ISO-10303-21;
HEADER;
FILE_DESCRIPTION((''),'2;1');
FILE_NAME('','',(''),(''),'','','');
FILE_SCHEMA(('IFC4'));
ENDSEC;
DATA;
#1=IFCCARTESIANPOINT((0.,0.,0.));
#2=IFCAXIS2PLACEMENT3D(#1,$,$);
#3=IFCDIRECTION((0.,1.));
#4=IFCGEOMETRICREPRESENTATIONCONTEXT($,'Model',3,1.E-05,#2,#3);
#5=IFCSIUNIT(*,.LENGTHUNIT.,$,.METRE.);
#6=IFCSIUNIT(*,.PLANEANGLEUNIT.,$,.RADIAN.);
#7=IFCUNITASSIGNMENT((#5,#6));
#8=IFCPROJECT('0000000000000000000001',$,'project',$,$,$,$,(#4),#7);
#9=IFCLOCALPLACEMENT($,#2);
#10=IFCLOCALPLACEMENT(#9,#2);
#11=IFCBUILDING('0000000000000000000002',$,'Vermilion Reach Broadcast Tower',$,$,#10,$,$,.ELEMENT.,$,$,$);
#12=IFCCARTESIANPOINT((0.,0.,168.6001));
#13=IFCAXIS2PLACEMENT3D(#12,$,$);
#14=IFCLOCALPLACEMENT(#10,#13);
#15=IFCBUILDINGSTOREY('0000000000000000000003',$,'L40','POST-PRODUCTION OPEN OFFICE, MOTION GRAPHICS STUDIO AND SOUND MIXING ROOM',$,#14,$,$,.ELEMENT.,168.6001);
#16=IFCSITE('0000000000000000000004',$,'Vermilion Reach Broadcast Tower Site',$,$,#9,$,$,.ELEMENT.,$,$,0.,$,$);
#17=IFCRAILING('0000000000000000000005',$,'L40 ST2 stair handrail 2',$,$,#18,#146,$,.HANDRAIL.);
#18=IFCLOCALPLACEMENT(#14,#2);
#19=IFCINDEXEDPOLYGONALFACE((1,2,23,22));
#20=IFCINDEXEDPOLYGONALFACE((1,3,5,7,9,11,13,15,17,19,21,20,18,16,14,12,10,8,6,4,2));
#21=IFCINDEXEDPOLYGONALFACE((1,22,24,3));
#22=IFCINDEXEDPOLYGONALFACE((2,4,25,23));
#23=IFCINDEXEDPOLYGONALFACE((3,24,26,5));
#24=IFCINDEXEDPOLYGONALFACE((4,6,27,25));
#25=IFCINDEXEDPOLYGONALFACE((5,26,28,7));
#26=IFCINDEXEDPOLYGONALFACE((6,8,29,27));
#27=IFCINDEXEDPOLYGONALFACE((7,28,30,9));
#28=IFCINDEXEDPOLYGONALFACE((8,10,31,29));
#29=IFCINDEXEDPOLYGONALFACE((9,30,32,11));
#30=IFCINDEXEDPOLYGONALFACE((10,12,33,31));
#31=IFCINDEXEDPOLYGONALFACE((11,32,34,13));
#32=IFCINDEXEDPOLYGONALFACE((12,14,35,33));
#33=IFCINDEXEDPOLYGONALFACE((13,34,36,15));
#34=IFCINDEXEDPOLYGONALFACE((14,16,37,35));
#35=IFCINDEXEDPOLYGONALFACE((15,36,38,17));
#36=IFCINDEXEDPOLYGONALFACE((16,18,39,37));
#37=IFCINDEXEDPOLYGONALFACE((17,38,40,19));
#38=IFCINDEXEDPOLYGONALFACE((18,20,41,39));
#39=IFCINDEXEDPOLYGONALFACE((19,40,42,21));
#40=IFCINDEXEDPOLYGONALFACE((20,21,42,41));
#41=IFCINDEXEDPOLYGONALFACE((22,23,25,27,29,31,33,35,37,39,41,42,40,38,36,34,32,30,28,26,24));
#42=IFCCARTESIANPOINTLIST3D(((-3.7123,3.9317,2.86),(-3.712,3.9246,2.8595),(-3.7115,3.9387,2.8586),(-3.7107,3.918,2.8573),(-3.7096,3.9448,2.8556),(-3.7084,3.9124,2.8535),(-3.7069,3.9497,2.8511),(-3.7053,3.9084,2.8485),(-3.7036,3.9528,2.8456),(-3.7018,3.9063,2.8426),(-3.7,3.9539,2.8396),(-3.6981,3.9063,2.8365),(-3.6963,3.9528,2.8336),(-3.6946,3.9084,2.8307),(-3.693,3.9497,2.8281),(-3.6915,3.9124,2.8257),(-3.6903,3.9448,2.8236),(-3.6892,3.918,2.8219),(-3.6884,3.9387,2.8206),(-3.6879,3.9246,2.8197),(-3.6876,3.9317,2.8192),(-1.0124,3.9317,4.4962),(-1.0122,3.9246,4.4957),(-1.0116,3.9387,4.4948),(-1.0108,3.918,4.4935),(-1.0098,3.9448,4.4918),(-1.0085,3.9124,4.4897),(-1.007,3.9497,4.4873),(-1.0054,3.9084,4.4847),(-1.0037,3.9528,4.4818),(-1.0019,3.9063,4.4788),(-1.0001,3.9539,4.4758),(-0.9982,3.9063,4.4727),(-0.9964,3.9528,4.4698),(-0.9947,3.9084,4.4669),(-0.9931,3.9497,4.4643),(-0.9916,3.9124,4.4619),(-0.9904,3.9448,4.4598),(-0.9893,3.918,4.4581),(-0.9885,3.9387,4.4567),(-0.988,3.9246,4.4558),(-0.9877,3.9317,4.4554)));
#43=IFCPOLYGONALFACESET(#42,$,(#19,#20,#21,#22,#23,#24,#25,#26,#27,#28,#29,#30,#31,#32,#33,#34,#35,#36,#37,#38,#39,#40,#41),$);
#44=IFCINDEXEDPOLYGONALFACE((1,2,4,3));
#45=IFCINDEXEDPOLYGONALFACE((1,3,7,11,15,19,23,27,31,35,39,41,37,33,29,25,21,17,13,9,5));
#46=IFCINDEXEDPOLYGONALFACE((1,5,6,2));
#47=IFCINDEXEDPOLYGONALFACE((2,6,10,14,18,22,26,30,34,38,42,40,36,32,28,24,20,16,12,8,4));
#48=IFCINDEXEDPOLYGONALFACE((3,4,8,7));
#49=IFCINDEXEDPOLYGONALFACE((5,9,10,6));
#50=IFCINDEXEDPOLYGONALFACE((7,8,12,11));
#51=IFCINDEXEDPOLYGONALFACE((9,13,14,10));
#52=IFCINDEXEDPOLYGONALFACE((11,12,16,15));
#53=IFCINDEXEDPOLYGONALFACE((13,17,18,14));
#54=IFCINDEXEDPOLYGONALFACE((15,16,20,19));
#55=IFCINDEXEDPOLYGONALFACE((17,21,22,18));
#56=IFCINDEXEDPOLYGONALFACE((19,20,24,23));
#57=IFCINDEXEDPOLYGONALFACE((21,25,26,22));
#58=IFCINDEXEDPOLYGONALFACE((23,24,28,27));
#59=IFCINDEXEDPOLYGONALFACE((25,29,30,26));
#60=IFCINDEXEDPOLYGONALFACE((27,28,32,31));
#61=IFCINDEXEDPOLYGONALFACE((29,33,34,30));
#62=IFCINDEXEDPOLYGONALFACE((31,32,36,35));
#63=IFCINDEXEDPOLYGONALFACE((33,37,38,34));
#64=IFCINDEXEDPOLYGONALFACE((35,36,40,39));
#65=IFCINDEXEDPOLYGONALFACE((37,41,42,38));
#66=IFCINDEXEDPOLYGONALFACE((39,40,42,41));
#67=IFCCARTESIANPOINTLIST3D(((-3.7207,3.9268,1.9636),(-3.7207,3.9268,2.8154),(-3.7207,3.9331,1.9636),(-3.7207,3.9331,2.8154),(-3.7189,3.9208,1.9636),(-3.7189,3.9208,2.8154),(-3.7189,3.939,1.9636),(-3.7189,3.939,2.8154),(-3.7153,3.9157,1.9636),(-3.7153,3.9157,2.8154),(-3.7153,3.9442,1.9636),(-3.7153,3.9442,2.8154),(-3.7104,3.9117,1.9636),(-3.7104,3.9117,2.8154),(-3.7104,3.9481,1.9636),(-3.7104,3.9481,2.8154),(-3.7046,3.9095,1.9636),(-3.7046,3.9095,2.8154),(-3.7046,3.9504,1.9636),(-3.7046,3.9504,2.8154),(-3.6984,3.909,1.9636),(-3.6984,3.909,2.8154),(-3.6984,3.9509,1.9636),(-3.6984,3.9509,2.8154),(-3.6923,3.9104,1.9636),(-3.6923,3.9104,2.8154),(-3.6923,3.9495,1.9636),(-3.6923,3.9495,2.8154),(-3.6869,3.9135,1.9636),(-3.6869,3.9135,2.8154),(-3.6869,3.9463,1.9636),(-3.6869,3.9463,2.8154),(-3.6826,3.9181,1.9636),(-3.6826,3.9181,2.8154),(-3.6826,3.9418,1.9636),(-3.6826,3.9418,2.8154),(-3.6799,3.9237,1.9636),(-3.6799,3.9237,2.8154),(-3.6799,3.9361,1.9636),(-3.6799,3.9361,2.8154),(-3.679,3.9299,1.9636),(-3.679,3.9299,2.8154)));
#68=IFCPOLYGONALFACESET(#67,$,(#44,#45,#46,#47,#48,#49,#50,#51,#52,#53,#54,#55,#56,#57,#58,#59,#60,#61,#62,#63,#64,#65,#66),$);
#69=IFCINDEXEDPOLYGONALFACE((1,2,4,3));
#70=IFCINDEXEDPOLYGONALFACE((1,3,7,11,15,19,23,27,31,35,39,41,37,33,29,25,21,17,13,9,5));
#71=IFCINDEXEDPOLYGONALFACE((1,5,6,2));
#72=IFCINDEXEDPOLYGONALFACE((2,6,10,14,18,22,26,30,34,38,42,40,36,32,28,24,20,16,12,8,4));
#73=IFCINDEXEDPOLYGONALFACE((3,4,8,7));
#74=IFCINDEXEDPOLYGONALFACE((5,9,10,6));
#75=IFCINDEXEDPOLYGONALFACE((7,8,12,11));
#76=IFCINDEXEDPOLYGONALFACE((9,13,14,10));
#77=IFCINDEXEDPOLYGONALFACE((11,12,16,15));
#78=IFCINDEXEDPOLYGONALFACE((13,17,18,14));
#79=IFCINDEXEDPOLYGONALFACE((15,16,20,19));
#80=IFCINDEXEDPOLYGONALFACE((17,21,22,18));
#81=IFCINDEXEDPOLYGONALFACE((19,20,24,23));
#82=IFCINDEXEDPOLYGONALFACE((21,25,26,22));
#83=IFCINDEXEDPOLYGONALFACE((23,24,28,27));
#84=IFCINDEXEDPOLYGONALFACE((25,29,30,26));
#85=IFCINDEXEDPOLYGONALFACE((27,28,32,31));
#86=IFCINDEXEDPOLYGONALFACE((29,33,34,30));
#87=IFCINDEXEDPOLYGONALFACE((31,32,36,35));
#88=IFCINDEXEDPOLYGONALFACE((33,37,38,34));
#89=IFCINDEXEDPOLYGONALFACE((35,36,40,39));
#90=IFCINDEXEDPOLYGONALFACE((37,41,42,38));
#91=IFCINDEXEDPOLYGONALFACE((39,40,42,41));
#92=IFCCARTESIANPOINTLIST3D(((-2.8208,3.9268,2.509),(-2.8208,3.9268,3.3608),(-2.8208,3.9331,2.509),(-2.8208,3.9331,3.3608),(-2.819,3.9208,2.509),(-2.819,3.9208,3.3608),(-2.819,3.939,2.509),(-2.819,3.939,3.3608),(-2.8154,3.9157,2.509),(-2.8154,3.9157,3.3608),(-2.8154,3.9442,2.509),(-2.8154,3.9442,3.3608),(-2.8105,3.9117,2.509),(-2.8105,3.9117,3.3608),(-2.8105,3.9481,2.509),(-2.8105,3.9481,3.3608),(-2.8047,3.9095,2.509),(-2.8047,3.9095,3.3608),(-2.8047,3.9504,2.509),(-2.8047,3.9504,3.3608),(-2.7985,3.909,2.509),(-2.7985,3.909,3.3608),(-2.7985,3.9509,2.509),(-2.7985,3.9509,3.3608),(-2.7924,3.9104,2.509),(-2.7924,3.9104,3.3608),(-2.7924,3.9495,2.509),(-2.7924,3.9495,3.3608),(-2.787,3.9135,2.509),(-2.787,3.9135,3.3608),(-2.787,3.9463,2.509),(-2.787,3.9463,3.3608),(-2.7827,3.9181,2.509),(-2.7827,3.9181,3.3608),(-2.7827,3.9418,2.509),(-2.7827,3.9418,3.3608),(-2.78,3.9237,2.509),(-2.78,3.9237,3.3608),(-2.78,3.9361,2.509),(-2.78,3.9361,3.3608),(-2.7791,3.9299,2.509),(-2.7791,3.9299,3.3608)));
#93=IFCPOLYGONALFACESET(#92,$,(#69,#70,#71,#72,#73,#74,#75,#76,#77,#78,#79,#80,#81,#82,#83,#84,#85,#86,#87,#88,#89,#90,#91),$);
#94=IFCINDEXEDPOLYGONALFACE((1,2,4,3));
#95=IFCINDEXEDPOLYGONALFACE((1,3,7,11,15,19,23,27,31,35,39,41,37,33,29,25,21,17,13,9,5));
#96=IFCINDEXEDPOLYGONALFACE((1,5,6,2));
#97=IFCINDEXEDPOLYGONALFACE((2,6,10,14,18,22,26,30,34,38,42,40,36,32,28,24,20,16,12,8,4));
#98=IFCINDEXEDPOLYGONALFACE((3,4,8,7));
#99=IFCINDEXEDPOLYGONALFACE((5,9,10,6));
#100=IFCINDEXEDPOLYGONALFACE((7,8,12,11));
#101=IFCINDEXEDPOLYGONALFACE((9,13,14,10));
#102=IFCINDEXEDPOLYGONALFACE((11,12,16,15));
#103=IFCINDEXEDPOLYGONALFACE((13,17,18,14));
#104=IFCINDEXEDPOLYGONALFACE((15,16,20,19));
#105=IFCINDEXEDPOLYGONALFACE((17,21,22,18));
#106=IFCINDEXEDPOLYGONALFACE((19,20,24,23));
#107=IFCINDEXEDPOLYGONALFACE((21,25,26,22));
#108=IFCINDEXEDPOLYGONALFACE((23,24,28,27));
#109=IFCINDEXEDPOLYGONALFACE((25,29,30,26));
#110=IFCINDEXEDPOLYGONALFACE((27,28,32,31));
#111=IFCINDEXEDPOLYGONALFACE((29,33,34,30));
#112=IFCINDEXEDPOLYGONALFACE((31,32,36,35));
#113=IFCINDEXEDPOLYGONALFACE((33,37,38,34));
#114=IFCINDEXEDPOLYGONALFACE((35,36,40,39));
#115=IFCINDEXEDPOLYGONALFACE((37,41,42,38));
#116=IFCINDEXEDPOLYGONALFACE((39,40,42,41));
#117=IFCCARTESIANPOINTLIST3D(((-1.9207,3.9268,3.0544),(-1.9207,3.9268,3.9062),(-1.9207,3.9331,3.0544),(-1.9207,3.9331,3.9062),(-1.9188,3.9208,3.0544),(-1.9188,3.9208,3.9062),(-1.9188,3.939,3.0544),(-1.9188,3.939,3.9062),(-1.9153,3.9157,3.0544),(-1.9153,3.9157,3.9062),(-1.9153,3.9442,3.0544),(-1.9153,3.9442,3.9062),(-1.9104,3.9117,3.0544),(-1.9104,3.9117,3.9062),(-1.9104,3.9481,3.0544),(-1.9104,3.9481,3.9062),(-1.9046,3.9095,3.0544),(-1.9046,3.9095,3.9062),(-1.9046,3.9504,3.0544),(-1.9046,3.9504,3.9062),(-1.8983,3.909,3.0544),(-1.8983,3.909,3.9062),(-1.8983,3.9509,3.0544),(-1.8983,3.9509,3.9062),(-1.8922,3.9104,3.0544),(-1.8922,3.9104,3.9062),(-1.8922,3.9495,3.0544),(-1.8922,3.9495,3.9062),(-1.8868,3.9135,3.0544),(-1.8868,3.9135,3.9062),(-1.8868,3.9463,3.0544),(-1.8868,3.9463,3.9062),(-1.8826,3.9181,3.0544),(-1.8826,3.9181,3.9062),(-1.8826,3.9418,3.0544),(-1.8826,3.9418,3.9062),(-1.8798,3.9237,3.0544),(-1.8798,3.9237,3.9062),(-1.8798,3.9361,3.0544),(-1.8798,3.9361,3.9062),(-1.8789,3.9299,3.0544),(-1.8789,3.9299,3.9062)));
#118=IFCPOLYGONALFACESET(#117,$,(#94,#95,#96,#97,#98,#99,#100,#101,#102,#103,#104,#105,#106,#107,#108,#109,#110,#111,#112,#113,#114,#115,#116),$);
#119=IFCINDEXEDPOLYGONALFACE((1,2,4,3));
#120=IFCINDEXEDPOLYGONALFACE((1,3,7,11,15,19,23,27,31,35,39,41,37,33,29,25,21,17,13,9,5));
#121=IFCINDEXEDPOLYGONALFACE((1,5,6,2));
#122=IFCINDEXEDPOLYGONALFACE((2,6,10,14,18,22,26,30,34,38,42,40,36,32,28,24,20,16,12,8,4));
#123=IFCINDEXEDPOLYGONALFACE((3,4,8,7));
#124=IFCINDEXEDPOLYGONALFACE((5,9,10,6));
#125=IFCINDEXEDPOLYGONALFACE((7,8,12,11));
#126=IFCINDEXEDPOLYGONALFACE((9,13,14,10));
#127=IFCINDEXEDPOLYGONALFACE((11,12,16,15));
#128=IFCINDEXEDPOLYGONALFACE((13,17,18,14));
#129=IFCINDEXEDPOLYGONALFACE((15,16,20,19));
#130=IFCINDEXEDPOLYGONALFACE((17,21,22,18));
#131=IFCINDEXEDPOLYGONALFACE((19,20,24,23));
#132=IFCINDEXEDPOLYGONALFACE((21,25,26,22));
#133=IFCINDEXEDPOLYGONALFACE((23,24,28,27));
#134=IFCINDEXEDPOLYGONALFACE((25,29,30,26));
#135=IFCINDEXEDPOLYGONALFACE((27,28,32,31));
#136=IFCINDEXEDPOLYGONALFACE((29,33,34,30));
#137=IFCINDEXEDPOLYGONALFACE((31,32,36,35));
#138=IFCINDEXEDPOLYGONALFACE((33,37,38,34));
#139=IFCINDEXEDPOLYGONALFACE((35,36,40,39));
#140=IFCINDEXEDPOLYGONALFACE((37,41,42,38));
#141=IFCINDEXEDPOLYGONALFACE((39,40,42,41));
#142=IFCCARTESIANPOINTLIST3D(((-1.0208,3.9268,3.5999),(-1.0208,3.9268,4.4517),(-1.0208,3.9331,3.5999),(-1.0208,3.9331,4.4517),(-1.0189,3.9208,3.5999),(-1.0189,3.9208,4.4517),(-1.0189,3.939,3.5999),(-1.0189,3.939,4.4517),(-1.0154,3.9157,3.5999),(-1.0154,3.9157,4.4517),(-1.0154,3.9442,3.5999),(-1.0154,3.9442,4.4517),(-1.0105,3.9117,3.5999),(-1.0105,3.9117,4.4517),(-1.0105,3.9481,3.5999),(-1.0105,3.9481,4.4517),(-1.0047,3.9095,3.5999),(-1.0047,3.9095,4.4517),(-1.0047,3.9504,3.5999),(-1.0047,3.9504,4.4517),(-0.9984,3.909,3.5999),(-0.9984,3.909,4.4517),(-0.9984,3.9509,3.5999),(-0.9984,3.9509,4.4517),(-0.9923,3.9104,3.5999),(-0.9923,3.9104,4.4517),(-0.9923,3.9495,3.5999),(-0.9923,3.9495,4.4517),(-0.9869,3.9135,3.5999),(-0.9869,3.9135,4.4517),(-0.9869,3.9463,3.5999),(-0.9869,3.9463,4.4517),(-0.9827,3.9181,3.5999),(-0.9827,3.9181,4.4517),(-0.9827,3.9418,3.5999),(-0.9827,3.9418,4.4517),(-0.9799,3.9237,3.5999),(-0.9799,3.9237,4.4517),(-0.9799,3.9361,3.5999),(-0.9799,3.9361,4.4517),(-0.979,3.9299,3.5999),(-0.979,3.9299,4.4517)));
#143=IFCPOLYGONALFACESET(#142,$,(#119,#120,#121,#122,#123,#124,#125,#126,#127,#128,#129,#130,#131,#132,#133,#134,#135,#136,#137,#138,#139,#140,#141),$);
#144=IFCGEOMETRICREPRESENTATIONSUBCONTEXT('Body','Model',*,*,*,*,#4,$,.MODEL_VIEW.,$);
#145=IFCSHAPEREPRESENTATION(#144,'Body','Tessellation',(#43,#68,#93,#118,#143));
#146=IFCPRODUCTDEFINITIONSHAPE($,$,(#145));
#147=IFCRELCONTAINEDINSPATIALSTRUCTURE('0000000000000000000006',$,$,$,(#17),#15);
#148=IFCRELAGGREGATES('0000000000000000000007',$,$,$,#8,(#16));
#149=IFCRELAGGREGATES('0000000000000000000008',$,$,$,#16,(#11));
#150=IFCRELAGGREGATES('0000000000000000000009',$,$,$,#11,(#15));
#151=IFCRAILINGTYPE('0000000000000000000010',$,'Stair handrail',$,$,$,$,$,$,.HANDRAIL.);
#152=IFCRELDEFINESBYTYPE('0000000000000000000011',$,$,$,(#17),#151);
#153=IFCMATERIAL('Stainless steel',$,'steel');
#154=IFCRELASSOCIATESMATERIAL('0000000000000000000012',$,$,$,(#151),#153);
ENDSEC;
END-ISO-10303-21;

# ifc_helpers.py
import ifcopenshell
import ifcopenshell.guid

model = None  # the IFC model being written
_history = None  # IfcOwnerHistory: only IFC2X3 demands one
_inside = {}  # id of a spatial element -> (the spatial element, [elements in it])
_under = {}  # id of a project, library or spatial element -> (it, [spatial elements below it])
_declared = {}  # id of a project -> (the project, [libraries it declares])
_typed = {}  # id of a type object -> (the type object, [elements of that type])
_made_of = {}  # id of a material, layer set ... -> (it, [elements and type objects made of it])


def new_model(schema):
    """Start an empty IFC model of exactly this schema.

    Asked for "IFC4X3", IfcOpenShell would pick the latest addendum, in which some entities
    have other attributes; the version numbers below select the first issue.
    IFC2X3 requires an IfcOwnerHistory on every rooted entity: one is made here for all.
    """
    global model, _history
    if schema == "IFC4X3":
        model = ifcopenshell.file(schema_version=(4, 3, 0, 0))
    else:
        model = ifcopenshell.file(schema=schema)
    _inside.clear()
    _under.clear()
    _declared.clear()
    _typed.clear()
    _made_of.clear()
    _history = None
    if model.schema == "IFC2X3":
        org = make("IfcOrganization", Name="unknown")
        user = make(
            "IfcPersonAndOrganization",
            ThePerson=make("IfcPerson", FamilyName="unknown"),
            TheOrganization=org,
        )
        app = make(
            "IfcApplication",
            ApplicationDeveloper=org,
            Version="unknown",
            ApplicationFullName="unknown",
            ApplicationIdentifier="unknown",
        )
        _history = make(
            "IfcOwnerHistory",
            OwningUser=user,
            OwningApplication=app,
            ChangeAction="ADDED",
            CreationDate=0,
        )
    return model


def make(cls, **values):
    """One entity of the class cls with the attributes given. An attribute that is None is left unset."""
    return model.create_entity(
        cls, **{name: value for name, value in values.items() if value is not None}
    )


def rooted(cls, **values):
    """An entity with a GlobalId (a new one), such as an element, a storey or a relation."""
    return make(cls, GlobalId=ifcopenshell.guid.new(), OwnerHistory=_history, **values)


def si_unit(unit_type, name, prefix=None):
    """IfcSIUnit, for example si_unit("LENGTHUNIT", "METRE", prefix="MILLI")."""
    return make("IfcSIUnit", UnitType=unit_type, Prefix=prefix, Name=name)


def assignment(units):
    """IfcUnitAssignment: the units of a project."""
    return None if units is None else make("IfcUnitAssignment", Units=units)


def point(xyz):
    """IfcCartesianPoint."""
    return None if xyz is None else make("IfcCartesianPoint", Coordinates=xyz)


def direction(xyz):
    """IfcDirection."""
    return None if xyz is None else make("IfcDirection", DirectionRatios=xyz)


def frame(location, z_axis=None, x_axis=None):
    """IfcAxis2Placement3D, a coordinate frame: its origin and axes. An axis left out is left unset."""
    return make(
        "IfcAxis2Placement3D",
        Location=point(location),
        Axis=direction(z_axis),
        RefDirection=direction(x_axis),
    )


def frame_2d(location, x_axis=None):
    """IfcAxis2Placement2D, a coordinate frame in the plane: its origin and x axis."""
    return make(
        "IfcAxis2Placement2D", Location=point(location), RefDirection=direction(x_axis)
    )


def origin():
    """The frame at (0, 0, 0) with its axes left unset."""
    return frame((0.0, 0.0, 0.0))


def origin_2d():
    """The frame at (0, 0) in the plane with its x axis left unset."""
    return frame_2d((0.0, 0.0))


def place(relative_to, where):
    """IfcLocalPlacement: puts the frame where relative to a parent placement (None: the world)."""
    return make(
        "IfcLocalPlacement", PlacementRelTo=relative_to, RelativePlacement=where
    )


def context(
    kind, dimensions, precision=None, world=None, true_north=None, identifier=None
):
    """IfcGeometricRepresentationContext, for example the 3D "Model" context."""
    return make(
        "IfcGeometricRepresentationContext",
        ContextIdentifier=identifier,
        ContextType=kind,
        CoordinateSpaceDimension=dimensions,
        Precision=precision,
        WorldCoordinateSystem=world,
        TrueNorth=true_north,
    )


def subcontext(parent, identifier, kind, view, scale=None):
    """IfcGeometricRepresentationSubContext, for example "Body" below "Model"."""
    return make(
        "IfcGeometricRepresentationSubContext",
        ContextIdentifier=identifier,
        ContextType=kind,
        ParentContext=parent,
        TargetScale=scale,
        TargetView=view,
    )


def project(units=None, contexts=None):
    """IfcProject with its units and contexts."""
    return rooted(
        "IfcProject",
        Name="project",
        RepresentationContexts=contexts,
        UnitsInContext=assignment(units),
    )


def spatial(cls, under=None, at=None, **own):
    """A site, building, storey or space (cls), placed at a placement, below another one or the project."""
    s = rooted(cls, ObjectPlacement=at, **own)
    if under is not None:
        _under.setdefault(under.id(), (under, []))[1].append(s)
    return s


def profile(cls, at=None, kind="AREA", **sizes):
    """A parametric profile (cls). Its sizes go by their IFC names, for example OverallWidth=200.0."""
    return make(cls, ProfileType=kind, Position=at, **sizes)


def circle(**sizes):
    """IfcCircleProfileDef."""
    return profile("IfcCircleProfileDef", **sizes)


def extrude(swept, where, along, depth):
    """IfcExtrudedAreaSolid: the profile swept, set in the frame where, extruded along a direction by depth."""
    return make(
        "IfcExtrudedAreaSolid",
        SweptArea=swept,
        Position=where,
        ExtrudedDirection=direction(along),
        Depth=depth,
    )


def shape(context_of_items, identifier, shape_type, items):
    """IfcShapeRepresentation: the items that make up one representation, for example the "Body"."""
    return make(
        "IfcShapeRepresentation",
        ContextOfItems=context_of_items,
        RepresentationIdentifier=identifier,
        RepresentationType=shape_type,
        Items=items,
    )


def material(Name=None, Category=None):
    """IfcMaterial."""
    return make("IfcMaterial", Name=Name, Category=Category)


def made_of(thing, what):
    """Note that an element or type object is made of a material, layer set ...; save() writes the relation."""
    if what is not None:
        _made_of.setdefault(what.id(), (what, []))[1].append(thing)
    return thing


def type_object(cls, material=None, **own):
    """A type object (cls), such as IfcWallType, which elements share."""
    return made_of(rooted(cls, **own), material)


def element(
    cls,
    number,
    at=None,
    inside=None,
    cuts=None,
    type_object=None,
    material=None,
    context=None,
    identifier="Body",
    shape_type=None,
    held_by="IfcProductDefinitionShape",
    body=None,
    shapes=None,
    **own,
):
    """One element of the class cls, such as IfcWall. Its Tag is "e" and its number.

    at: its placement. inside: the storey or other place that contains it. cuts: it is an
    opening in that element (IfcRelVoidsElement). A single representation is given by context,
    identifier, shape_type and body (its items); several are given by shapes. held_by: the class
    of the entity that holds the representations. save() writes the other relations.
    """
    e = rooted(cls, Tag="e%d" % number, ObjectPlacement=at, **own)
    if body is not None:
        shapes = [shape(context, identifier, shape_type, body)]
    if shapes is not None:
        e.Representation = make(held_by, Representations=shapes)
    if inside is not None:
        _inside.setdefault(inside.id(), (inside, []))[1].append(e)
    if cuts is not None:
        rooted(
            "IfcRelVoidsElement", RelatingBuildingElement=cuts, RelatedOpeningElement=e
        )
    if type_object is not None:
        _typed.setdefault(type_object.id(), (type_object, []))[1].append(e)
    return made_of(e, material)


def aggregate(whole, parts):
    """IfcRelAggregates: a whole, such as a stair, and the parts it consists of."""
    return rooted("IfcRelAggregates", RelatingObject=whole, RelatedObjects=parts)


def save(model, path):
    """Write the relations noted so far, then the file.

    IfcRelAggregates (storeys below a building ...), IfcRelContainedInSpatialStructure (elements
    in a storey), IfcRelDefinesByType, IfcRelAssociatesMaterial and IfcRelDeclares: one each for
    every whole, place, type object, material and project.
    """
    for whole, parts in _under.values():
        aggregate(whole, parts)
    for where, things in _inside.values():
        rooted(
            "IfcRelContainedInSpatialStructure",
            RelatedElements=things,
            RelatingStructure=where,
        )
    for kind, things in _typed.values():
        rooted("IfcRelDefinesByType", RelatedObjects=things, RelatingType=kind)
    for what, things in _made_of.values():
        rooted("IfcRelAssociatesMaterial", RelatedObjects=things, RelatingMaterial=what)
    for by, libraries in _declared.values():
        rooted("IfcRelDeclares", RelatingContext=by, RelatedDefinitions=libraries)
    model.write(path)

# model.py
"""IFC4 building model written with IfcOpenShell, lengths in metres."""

from ifc_helpers import new_model, si_unit, direction, frame, origin, origin_2d, place, context, subcontext, project, spatial, circle, extrude, material, type_object, element, save


model = new_model("IFC4")

# Units and contexts
model_context = context("Model", 3, precision=1e-05, world=origin(), true_north=direction((0.0, 1.0)))
body_context = subcontext(model_context, "Body", "Model", "MODEL_VIEW")
ifc_project = project(units=[si_unit("LENGTHUNIT", "METRE"), si_unit("PLANEANGLEUNIT", "RADIAN")], contexts=[model_context])

# Site, building, storey
site_placement = place(None, origin())
site = spatial("IfcSite", under=ifc_project, at=site_placement, Name="Vermilion Reach Broadcast Tower Site", CompositionType="ELEMENT", RefElevation=0.0)
building_placement = place(site_placement, origin())
building = spatial("IfcBuilding", under=site, at=building_placement, Name="Vermilion Reach Broadcast Tower", CompositionType="ELEMENT")
storey_placement = place(building_placement, frame((0.0, 0.0, 168.6001)))
storey = spatial("IfcBuildingStorey", under=building, at=storey_placement, Name="L40", Description="POST-PRODUCTION OPEN OFFICE, MOTION GRAPHICS STUDIO AND SOUND MIXING ROOM", CompositionType="ELEMENT", Elevation=168.6001)

# Railing
ifc_material_1 = material(Name="Stainless steel", Category="steel")
railing_type_1 = type_object("IfcRailingType", Name="Stair handrail", PredefinedType="HANDRAIL", material=ifc_material_1)
railing_1_placement = place(storey_placement, frame((-3.7, 3.9299, 1.9636)))
element("IfcRailing", 1, at=railing_1_placement, inside=storey, type_object=railing_type_1, Name="L40 ST2 stair handrail 2", PredefinedType="HANDRAIL", context=body_context, shape_type="SweptSolid", body=[
    extrude(circle(Radius=0.0239, at=origin_2d()), frame((0.0, 0.0, 0.876), z_axis=(0.855212, 0.0, 0.518278), x_axis=(0.0, 1.0, 0.0)), (0.0, 0.0, 1.0), 3.157),
    extrude(circle(Radius=0.021, at=origin_2d()), origin(), (0.0, 0.0, 1.0), 0.8518),
    extrude(circle(Radius=0.021, at=origin_2d()), frame((0.8999, 0.0, 0.5454)), (0.0, 0.0, 1.0), 0.8518),
    extrude(circle(Radius=0.021, at=origin_2d()), frame((1.8, 0.0, 1.0908)), (0.0, 0.0, 1.0), 0.8518),
    extrude(circle(Radius=0.021, at=origin_2d()), frame((2.7, 0.0, 1.6362)), (0.0, 0.0, 1.0), 0.8518),
])

save(model, "model.ifc")
